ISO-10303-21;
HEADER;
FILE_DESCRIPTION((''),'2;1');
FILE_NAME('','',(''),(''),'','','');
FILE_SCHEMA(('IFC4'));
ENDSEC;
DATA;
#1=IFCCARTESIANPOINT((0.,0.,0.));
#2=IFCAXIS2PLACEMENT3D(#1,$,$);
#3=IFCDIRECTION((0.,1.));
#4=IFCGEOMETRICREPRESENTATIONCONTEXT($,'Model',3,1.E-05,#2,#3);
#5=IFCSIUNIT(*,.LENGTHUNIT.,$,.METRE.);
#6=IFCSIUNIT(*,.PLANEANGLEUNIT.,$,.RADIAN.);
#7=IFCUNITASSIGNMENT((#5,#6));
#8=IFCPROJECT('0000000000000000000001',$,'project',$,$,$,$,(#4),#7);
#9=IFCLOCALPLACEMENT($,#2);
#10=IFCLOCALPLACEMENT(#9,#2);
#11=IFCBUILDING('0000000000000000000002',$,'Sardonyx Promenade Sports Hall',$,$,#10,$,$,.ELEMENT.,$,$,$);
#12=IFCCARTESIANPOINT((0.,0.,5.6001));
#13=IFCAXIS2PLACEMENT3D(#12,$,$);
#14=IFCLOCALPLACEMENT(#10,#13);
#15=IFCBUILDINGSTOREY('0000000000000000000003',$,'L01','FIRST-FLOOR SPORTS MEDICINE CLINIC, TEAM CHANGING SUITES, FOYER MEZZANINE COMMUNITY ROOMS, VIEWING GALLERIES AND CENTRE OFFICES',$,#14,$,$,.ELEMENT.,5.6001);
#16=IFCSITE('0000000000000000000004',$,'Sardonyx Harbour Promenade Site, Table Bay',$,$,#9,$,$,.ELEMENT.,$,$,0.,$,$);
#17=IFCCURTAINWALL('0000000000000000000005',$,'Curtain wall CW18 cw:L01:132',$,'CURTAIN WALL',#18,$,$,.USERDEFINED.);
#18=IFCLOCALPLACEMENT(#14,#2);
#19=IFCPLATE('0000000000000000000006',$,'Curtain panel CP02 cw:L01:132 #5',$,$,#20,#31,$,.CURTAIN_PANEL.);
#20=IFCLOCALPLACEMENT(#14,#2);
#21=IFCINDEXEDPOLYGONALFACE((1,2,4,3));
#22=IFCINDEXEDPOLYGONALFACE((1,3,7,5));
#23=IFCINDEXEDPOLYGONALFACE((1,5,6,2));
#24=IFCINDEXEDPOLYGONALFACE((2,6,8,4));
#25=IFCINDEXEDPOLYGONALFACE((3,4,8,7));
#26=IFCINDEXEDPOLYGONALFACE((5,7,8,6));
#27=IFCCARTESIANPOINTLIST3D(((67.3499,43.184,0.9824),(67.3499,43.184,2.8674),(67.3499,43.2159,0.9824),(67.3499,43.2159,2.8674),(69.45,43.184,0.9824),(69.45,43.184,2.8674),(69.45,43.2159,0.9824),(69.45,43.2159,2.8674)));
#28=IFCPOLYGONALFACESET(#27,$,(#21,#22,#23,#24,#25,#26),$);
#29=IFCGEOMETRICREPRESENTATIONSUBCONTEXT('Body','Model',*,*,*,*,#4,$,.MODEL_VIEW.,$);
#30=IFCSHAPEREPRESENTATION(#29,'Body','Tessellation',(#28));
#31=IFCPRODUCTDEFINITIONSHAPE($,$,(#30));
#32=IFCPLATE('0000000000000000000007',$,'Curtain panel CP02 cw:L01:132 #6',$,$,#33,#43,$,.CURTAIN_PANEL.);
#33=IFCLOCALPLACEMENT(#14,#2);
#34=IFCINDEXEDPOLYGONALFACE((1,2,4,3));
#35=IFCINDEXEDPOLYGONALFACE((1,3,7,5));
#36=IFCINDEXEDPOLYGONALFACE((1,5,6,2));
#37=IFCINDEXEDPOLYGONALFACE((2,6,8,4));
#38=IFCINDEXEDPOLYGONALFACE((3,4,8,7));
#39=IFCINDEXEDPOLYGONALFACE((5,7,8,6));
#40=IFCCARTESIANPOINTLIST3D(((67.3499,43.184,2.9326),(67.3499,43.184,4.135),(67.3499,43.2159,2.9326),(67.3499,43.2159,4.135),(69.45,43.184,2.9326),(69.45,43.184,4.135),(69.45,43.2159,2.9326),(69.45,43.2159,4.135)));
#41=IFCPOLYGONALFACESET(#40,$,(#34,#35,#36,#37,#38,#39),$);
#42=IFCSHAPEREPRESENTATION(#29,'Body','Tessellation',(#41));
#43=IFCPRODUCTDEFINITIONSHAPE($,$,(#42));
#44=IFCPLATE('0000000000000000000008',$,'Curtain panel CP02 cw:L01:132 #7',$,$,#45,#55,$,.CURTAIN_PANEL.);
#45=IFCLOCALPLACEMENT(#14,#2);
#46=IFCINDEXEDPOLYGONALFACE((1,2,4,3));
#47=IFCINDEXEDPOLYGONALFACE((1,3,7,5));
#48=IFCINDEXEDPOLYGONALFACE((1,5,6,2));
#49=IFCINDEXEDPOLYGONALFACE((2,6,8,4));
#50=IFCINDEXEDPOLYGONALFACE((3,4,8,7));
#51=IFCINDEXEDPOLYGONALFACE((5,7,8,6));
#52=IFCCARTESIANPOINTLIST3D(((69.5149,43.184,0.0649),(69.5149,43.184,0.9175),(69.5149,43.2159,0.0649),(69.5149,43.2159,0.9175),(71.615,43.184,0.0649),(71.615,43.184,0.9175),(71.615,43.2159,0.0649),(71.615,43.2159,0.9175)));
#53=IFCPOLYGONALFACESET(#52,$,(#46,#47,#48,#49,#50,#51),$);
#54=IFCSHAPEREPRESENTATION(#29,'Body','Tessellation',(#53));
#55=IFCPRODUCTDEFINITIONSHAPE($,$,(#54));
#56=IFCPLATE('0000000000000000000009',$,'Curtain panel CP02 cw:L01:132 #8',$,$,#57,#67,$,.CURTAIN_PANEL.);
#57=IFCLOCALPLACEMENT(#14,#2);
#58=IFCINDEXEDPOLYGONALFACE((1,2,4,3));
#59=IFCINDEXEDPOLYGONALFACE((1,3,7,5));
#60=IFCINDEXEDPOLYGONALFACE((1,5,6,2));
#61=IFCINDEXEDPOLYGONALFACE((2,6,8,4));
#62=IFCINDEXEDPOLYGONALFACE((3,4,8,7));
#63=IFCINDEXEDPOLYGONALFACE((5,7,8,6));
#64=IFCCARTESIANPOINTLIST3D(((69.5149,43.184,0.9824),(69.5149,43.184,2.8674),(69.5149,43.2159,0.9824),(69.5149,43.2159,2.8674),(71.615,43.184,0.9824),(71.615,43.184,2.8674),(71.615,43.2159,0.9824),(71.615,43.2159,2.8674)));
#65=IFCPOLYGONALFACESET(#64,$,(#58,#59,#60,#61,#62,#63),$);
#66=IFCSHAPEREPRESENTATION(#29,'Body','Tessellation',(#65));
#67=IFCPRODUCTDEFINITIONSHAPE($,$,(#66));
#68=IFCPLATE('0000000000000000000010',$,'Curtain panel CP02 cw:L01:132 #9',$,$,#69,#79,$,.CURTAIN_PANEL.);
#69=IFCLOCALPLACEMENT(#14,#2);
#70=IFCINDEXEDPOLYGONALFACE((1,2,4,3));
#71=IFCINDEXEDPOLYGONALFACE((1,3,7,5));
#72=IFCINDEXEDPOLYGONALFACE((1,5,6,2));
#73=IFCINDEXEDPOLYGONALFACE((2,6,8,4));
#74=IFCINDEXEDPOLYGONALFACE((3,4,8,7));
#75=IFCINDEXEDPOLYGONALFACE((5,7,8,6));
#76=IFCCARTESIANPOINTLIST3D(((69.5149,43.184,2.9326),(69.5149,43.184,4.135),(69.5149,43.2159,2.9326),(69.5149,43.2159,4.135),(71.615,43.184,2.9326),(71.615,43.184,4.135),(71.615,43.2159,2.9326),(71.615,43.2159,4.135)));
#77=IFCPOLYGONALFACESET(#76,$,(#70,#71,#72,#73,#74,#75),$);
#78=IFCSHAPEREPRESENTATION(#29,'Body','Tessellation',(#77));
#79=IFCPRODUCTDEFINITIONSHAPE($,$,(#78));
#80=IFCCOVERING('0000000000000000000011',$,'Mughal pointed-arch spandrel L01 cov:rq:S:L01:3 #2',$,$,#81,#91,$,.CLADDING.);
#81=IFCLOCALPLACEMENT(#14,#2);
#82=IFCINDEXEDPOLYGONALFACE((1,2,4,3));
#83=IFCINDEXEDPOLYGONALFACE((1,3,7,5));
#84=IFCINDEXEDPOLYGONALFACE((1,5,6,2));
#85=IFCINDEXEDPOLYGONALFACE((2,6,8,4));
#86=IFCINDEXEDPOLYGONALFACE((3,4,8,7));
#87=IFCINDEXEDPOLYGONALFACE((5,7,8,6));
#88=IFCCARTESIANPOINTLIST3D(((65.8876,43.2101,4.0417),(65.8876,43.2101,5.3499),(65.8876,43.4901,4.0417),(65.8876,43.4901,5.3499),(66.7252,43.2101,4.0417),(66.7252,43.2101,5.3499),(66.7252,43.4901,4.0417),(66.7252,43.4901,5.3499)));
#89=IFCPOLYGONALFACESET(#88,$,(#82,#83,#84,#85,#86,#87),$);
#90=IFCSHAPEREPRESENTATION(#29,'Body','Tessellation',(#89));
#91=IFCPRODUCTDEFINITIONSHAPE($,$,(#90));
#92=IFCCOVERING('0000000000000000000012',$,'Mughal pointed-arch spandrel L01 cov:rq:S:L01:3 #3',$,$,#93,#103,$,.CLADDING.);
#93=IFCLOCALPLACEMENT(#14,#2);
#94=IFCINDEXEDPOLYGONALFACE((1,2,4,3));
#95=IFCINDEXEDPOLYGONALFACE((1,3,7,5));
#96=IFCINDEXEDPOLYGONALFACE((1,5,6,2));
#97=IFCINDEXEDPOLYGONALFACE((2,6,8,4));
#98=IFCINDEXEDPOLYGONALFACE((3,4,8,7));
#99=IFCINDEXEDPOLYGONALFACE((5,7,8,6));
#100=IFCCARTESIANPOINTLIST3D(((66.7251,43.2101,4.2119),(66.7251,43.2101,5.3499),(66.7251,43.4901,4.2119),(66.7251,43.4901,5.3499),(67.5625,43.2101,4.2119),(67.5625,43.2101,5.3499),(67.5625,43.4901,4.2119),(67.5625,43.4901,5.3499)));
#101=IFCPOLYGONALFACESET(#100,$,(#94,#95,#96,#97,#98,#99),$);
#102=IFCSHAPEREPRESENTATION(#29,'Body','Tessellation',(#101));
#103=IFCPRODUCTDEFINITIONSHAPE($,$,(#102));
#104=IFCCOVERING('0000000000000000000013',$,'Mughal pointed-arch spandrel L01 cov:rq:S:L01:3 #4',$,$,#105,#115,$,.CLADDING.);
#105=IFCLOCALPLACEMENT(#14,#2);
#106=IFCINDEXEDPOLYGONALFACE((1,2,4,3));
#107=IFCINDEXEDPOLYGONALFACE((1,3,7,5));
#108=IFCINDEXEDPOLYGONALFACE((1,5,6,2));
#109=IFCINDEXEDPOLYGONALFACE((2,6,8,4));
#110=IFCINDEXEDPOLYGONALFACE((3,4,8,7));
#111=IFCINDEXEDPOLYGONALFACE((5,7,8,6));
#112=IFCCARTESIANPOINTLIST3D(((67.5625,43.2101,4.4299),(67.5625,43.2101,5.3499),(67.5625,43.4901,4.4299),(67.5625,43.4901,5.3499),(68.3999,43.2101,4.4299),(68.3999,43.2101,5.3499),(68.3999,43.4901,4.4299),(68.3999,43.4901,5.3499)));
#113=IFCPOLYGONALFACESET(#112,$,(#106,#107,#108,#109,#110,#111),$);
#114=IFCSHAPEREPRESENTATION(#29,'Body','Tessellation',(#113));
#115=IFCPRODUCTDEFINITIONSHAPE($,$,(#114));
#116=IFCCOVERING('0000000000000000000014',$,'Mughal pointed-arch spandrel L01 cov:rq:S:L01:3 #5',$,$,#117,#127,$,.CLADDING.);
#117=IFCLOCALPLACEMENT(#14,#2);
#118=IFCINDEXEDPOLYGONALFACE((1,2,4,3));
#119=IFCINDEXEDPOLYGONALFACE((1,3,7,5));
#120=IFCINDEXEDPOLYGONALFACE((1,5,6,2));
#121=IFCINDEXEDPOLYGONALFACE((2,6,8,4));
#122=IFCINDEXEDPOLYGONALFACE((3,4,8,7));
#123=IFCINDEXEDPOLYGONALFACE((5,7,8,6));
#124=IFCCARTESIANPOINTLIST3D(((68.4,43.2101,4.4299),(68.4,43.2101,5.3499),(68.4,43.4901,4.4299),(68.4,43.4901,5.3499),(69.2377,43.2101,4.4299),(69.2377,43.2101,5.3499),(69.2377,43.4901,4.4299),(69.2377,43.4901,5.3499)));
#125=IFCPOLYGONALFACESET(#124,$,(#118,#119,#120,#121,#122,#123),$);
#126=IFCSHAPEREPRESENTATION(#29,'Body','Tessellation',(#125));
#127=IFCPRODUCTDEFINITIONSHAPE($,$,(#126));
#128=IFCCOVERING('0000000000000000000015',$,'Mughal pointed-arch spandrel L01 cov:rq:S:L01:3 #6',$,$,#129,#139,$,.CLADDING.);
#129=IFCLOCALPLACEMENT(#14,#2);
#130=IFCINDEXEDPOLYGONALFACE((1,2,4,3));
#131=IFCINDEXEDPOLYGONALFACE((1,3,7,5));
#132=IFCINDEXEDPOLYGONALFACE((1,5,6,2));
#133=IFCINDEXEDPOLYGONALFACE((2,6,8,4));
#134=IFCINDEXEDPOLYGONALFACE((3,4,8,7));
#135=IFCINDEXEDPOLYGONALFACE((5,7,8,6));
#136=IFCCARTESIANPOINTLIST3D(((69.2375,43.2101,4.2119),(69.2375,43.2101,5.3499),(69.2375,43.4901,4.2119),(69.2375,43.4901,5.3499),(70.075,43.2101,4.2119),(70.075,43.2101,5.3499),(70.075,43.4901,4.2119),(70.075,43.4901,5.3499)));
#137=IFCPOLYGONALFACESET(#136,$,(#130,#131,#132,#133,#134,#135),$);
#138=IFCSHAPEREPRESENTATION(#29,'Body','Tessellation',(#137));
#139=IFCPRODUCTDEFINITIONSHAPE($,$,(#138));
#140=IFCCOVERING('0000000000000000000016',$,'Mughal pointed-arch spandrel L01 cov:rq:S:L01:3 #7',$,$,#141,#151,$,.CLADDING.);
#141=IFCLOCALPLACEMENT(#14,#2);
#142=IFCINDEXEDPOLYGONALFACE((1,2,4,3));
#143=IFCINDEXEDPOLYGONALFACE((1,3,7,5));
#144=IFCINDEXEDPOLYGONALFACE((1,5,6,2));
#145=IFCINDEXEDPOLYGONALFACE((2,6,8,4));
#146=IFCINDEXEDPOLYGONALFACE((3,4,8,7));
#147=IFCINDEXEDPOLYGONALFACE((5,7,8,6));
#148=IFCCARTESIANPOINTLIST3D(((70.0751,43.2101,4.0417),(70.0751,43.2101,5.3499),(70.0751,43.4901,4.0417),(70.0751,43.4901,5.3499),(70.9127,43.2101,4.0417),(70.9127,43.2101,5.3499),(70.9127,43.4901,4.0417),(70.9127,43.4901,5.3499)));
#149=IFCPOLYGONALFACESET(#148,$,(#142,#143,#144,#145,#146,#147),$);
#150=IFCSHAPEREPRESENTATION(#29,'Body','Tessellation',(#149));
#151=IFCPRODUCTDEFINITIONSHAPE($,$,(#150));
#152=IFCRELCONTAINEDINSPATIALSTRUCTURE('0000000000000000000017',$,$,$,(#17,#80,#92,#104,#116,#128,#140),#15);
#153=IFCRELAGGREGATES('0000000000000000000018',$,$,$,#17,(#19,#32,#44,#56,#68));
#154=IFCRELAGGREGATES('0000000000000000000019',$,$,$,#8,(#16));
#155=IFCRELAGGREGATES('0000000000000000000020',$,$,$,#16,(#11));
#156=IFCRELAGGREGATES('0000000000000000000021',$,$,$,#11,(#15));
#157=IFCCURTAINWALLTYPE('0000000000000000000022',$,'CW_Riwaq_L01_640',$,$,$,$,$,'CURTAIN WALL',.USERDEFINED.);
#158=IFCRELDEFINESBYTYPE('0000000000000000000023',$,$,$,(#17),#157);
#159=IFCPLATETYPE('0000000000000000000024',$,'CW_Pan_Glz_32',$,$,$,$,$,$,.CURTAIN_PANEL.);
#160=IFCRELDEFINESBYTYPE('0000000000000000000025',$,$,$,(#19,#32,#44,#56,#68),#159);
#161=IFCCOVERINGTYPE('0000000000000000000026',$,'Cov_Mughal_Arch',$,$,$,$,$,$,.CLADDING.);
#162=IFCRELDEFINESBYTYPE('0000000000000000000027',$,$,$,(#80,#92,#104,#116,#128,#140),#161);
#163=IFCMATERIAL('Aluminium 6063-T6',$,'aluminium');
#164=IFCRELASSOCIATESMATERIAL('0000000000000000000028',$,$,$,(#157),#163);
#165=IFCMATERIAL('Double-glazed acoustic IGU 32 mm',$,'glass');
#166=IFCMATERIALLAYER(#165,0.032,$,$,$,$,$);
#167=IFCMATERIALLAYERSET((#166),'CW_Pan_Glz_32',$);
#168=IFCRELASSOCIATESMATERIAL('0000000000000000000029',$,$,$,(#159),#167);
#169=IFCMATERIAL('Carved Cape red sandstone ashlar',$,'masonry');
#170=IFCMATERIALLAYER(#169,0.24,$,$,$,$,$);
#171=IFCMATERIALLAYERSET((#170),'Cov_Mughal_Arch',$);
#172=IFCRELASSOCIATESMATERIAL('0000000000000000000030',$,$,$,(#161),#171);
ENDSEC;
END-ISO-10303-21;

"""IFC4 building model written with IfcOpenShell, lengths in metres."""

from ifc_helpers import new_model, si_unit, direction, frame, frame_2d, origin, origin_2d, place, context, subcontext, project, spatial, rectangle, extrude, material, layer, layer_set, type_object, element, aggregate, save


model = new_model("IFC4")

# Units and contexts
model_context = context("Model", 3, precision=1e-05, world=origin(), true_north=direction((0.0, 1.0)))
body_context = subcontext(model_context, "Body", "Model", "MODEL_VIEW")
ifc_project = project(units=[si_unit("LENGTHUNIT", "METRE"), si_unit("PLANEANGLEUNIT", "RADIAN")], contexts=[model_context])

# Site, building, storey
site_placement = place(None, origin())
site = spatial("IfcSite", under=ifc_project, at=site_placement, Name="Sardonyx Harbour Promenade Site, Table Bay", CompositionType="ELEMENT", RefElevation=0.0)
building_placement = place(site_placement, origin())
building = spatial("IfcBuilding", under=site, at=building_placement, Name="Sardonyx Promenade Sports Hall", CompositionType="ELEMENT")
storey_placement = place(building_placement, frame((0.0, 0.0, 5.6001)))
storey = spatial("IfcBuildingStorey", under=building, at=storey_placement, Name="L01", Description="FIRST-FLOOR SPORTS MEDICINE CLINIC, TEAM CHANGING SUITES, FOYER MEZZANINE COMMUNITY ROOMS, VIEWING GALLERIES AND CENTRE OFFICES", CompositionType="ELEMENT", Elevation=5.6001)

# Curtain wall, plates
ifc_material_1 = material(Name="Aluminium 6063-T6", Category="aluminium")
curtain_wall_type = type_object("IfcCurtainWallType", Name="CW_Riwaq_L01_640", ElementType="CURTAIN WALL", PredefinedType="USERDEFINED", material=ifc_material_1)
curtain_wall_placement = place(storey_placement, origin())
curtain_wall = element("IfcCurtainWall", 1, at=curtain_wall_placement, inside=storey, type_object=curtain_wall_type, Name="Curtain wall CW18 cw:L01:132", ObjectType="CURTAIN WALL", PredefinedType="USERDEFINED")
ifc_material_2 = material(Name="Double-glazed acoustic IGU 32 mm", Category="glass")
ifc_layer_1 = layer(ifc_material_2, 0.032)
ifc_layer_set_1 = layer_set([ifc_layer_1], Name="CW_Pan_Glz_32")
plate_type = type_object("IfcPlateType", Name="CW_Pan_Glz_32", PredefinedType="CURTAIN_PANEL", material=ifc_layer_set_1)
plate_1_placement = place(storey_placement, frame((68.3999, 43.2, 0.9824), z_axis=(0.0, 0.0, 1.0), x_axis=(1.0, 0.0, 0.0)))
plate_1 = element("IfcPlate", 2, at=plate_1_placement, type_object=plate_type, Name="Curtain panel CP02 cw:L01:132 #5", PredefinedType="CURTAIN_PANEL", context=body_context, shape_type="SweptSolid", body=[
    extrude(rectangle(XDim=2.1001, YDim=0.032, at=origin_2d()), origin(), (0.0, 0.0, 1.0), 1.885),
])
plate_2_placement = place(storey_placement, frame((68.3999, 43.2, 2.9326), z_axis=(0.0, 0.0, 1.0), x_axis=(1.0, 0.0, 0.0)))
plate_2 = element("IfcPlate", 3, at=plate_2_placement, type_object=plate_type, Name="Curtain panel CP02 cw:L01:132 #6", PredefinedType="CURTAIN_PANEL", context=body_context, shape_type="SweptSolid", body=[
    extrude(rectangle(XDim=2.1001, YDim=0.032, at=origin_2d()), origin(), (0.0, 0.0, 1.0), 1.2024),
])
plate_3_placement = place(storey_placement, frame((70.5649, 43.2, 0.0649), z_axis=(0.0, 0.0, 1.0), x_axis=(1.0, 0.0, 0.0)))
plate_3 = element("IfcPlate", 4, at=plate_3_placement, type_object=plate_type, Name="Curtain panel CP02 cw:L01:132 #7", PredefinedType="CURTAIN_PANEL", context=body_context, shape_type="SweptSolid", body=[
    extrude(rectangle(XDim=2.1001, YDim=0.032, at=origin_2d()), origin(), (0.0, 0.0, 1.0), 0.8525),
])
plate_4_placement = place(storey_placement, frame((70.5649, 43.2, 0.9824), z_axis=(0.0, 0.0, 1.0), x_axis=(1.0, 0.0, 0.0)))
plate_4 = element("IfcPlate", 5, at=plate_4_placement, type_object=plate_type, Name="Curtain panel CP02 cw:L01:132 #8", PredefinedType="CURTAIN_PANEL", context=body_context, shape_type="SweptSolid", body=[
    extrude(rectangle(XDim=2.1001, YDim=0.032, at=origin_2d()), origin(), (0.0, 0.0, 1.0), 1.885),
])
plate_5_placement = place(storey_placement, frame((70.5649, 43.2, 2.9326), z_axis=(0.0, 0.0, 1.0), x_axis=(1.0, 0.0, 0.0)))
plate_5 = element("IfcPlate", 6, at=plate_5_placement, type_object=plate_type, Name="Curtain panel CP02 cw:L01:132 #9", PredefinedType="CURTAIN_PANEL", context=body_context, shape_type="SweptSolid", body=[
    extrude(rectangle(XDim=2.1001, YDim=0.032, at=origin_2d()), origin(), (0.0, 0.0, 1.0), 1.2024),
])
aggregate(curtain_wall, [plate_1, plate_2, plate_3, plate_4, plate_5])

# Coverings
ifc_material_3 = material(Name="Carved Cape red sandstone ashlar", Category="masonry")
ifc_layer_2 = layer(ifc_material_3, 0.24)
ifc_layer_set_2 = layer_set([ifc_layer_2], Name="Cov_Mughal_Arch")
covering_type = type_object("IfcCoveringType", Name="Cov_Mughal_Arch", PredefinedType="CLADDING", material=ifc_layer_set_2)
covering_1_placement = place(storey_placement, frame((65.8875, 43.3501, 4.0417), z_axis=(0.0, 0.0, 1.0), x_axis=(1.0, 0.0, 0.0)))
element("IfcCovering", 7, at=covering_1_placement, inside=storey, type_object=covering_type, Name="Mughal pointed-arch spandrel L01 cov:rq:S:L01:3 #2", PredefinedType="CLADDING", context=body_context, shape_type="SweptSolid", body=[
    extrude(rectangle(XDim=0.8376, YDim=0.28, at=frame_2d((0.4189, 0.0))), origin(), (0.0, 0.0, 1.0), 1.3081),
])
covering_2_placement = place(storey_placement, frame((66.7251, 43.3501, 4.2119), z_axis=(0.0, 0.0, 1.0), x_axis=(1.0, 0.0, 0.0)))
element("IfcCovering", 8, at=covering_2_placement, inside=storey, type_object=covering_type, Name="Mughal pointed-arch spandrel L01 cov:rq:S:L01:3 #3", PredefinedType="CLADDING", context=body_context, shape_type="SweptSolid", body=[
    extrude(rectangle(XDim=0.8374, YDim=0.28, at=frame_2d((0.4187, 0.0))), origin(), (0.0, 0.0, 1.0), 1.1379),
])
covering_3_placement = place(storey_placement, frame((67.5625, 43.3501, 4.4299), z_axis=(0.0, 0.0, 1.0), x_axis=(1.0, 0.0, 0.0)))
element("IfcCovering", 9, at=covering_3_placement, inside=storey, type_object=covering_type, Name="Mughal pointed-arch spandrel L01 cov:rq:S:L01:3 #4", PredefinedType="CLADDING", context=body_context, shape_type="SweptSolid", body=[
    extrude(rectangle(XDim=0.8374, YDim=0.28, at=frame_2d((0.4187, 0.0))), origin(), (0.0, 0.0, 1.0), 0.9199),
])
covering_4_placement = place(storey_placement, frame((68.3999, 43.3501, 4.4299), z_axis=(0.0, 0.0, 1.0), x_axis=(1.0, 0.0, 0.0)))
element("IfcCovering", 10, at=covering_4_placement, inside=storey, type_object=covering_type, Name="Mughal pointed-arch spandrel L01 cov:rq:S:L01:3 #5", PredefinedType="CLADDING", context=body_context, shape_type="SweptSolid", body=[
    extrude(rectangle(XDim=0.8376, YDim=0.28, at=frame_2d((0.4189, 0.0))), origin(), (0.0, 0.0, 1.0), 0.9199),
])
covering_5_placement = place(storey_placement, frame((69.2375, 43.3501, 4.2119), z_axis=(0.0, 0.0, 1.0), x_axis=(1.0, 0.0, 0.0)))
element("IfcCovering", 11, at=covering_5_placement, inside=storey, type_object=covering_type, Name="Mughal pointed-arch spandrel L01 cov:rq:S:L01:3 #6", PredefinedType="CLADDING", context=body_context, shape_type="SweptSolid", body=[
    extrude(rectangle(XDim=0.8374, YDim=0.28, at=frame_2d((0.4187, 0.0))), origin(), (0.0, 0.0, 1.0), 1.1379),
])
covering_6_placement = place(storey_placement, frame((70.075, 43.3501, 4.0417), z_axis=(0.0, 0.0, 1.0), x_axis=(1.0, 0.0, 0.0)))
element("IfcCovering", 12, at=covering_6_placement, inside=storey, type_object=covering_type, Name="Mughal pointed-arch spandrel L01 cov:rq:S:L01:3 #7", PredefinedType="CLADDING", context=body_context, shape_type="SweptSolid", body=[
    extrude(rectangle(XDim=0.8376, YDim=0.28, at=frame_2d((0.4189, 0.0))), origin(), (0.0, 0.0, 1.0), 1.3081),
])

save(model, "model.ifc")
